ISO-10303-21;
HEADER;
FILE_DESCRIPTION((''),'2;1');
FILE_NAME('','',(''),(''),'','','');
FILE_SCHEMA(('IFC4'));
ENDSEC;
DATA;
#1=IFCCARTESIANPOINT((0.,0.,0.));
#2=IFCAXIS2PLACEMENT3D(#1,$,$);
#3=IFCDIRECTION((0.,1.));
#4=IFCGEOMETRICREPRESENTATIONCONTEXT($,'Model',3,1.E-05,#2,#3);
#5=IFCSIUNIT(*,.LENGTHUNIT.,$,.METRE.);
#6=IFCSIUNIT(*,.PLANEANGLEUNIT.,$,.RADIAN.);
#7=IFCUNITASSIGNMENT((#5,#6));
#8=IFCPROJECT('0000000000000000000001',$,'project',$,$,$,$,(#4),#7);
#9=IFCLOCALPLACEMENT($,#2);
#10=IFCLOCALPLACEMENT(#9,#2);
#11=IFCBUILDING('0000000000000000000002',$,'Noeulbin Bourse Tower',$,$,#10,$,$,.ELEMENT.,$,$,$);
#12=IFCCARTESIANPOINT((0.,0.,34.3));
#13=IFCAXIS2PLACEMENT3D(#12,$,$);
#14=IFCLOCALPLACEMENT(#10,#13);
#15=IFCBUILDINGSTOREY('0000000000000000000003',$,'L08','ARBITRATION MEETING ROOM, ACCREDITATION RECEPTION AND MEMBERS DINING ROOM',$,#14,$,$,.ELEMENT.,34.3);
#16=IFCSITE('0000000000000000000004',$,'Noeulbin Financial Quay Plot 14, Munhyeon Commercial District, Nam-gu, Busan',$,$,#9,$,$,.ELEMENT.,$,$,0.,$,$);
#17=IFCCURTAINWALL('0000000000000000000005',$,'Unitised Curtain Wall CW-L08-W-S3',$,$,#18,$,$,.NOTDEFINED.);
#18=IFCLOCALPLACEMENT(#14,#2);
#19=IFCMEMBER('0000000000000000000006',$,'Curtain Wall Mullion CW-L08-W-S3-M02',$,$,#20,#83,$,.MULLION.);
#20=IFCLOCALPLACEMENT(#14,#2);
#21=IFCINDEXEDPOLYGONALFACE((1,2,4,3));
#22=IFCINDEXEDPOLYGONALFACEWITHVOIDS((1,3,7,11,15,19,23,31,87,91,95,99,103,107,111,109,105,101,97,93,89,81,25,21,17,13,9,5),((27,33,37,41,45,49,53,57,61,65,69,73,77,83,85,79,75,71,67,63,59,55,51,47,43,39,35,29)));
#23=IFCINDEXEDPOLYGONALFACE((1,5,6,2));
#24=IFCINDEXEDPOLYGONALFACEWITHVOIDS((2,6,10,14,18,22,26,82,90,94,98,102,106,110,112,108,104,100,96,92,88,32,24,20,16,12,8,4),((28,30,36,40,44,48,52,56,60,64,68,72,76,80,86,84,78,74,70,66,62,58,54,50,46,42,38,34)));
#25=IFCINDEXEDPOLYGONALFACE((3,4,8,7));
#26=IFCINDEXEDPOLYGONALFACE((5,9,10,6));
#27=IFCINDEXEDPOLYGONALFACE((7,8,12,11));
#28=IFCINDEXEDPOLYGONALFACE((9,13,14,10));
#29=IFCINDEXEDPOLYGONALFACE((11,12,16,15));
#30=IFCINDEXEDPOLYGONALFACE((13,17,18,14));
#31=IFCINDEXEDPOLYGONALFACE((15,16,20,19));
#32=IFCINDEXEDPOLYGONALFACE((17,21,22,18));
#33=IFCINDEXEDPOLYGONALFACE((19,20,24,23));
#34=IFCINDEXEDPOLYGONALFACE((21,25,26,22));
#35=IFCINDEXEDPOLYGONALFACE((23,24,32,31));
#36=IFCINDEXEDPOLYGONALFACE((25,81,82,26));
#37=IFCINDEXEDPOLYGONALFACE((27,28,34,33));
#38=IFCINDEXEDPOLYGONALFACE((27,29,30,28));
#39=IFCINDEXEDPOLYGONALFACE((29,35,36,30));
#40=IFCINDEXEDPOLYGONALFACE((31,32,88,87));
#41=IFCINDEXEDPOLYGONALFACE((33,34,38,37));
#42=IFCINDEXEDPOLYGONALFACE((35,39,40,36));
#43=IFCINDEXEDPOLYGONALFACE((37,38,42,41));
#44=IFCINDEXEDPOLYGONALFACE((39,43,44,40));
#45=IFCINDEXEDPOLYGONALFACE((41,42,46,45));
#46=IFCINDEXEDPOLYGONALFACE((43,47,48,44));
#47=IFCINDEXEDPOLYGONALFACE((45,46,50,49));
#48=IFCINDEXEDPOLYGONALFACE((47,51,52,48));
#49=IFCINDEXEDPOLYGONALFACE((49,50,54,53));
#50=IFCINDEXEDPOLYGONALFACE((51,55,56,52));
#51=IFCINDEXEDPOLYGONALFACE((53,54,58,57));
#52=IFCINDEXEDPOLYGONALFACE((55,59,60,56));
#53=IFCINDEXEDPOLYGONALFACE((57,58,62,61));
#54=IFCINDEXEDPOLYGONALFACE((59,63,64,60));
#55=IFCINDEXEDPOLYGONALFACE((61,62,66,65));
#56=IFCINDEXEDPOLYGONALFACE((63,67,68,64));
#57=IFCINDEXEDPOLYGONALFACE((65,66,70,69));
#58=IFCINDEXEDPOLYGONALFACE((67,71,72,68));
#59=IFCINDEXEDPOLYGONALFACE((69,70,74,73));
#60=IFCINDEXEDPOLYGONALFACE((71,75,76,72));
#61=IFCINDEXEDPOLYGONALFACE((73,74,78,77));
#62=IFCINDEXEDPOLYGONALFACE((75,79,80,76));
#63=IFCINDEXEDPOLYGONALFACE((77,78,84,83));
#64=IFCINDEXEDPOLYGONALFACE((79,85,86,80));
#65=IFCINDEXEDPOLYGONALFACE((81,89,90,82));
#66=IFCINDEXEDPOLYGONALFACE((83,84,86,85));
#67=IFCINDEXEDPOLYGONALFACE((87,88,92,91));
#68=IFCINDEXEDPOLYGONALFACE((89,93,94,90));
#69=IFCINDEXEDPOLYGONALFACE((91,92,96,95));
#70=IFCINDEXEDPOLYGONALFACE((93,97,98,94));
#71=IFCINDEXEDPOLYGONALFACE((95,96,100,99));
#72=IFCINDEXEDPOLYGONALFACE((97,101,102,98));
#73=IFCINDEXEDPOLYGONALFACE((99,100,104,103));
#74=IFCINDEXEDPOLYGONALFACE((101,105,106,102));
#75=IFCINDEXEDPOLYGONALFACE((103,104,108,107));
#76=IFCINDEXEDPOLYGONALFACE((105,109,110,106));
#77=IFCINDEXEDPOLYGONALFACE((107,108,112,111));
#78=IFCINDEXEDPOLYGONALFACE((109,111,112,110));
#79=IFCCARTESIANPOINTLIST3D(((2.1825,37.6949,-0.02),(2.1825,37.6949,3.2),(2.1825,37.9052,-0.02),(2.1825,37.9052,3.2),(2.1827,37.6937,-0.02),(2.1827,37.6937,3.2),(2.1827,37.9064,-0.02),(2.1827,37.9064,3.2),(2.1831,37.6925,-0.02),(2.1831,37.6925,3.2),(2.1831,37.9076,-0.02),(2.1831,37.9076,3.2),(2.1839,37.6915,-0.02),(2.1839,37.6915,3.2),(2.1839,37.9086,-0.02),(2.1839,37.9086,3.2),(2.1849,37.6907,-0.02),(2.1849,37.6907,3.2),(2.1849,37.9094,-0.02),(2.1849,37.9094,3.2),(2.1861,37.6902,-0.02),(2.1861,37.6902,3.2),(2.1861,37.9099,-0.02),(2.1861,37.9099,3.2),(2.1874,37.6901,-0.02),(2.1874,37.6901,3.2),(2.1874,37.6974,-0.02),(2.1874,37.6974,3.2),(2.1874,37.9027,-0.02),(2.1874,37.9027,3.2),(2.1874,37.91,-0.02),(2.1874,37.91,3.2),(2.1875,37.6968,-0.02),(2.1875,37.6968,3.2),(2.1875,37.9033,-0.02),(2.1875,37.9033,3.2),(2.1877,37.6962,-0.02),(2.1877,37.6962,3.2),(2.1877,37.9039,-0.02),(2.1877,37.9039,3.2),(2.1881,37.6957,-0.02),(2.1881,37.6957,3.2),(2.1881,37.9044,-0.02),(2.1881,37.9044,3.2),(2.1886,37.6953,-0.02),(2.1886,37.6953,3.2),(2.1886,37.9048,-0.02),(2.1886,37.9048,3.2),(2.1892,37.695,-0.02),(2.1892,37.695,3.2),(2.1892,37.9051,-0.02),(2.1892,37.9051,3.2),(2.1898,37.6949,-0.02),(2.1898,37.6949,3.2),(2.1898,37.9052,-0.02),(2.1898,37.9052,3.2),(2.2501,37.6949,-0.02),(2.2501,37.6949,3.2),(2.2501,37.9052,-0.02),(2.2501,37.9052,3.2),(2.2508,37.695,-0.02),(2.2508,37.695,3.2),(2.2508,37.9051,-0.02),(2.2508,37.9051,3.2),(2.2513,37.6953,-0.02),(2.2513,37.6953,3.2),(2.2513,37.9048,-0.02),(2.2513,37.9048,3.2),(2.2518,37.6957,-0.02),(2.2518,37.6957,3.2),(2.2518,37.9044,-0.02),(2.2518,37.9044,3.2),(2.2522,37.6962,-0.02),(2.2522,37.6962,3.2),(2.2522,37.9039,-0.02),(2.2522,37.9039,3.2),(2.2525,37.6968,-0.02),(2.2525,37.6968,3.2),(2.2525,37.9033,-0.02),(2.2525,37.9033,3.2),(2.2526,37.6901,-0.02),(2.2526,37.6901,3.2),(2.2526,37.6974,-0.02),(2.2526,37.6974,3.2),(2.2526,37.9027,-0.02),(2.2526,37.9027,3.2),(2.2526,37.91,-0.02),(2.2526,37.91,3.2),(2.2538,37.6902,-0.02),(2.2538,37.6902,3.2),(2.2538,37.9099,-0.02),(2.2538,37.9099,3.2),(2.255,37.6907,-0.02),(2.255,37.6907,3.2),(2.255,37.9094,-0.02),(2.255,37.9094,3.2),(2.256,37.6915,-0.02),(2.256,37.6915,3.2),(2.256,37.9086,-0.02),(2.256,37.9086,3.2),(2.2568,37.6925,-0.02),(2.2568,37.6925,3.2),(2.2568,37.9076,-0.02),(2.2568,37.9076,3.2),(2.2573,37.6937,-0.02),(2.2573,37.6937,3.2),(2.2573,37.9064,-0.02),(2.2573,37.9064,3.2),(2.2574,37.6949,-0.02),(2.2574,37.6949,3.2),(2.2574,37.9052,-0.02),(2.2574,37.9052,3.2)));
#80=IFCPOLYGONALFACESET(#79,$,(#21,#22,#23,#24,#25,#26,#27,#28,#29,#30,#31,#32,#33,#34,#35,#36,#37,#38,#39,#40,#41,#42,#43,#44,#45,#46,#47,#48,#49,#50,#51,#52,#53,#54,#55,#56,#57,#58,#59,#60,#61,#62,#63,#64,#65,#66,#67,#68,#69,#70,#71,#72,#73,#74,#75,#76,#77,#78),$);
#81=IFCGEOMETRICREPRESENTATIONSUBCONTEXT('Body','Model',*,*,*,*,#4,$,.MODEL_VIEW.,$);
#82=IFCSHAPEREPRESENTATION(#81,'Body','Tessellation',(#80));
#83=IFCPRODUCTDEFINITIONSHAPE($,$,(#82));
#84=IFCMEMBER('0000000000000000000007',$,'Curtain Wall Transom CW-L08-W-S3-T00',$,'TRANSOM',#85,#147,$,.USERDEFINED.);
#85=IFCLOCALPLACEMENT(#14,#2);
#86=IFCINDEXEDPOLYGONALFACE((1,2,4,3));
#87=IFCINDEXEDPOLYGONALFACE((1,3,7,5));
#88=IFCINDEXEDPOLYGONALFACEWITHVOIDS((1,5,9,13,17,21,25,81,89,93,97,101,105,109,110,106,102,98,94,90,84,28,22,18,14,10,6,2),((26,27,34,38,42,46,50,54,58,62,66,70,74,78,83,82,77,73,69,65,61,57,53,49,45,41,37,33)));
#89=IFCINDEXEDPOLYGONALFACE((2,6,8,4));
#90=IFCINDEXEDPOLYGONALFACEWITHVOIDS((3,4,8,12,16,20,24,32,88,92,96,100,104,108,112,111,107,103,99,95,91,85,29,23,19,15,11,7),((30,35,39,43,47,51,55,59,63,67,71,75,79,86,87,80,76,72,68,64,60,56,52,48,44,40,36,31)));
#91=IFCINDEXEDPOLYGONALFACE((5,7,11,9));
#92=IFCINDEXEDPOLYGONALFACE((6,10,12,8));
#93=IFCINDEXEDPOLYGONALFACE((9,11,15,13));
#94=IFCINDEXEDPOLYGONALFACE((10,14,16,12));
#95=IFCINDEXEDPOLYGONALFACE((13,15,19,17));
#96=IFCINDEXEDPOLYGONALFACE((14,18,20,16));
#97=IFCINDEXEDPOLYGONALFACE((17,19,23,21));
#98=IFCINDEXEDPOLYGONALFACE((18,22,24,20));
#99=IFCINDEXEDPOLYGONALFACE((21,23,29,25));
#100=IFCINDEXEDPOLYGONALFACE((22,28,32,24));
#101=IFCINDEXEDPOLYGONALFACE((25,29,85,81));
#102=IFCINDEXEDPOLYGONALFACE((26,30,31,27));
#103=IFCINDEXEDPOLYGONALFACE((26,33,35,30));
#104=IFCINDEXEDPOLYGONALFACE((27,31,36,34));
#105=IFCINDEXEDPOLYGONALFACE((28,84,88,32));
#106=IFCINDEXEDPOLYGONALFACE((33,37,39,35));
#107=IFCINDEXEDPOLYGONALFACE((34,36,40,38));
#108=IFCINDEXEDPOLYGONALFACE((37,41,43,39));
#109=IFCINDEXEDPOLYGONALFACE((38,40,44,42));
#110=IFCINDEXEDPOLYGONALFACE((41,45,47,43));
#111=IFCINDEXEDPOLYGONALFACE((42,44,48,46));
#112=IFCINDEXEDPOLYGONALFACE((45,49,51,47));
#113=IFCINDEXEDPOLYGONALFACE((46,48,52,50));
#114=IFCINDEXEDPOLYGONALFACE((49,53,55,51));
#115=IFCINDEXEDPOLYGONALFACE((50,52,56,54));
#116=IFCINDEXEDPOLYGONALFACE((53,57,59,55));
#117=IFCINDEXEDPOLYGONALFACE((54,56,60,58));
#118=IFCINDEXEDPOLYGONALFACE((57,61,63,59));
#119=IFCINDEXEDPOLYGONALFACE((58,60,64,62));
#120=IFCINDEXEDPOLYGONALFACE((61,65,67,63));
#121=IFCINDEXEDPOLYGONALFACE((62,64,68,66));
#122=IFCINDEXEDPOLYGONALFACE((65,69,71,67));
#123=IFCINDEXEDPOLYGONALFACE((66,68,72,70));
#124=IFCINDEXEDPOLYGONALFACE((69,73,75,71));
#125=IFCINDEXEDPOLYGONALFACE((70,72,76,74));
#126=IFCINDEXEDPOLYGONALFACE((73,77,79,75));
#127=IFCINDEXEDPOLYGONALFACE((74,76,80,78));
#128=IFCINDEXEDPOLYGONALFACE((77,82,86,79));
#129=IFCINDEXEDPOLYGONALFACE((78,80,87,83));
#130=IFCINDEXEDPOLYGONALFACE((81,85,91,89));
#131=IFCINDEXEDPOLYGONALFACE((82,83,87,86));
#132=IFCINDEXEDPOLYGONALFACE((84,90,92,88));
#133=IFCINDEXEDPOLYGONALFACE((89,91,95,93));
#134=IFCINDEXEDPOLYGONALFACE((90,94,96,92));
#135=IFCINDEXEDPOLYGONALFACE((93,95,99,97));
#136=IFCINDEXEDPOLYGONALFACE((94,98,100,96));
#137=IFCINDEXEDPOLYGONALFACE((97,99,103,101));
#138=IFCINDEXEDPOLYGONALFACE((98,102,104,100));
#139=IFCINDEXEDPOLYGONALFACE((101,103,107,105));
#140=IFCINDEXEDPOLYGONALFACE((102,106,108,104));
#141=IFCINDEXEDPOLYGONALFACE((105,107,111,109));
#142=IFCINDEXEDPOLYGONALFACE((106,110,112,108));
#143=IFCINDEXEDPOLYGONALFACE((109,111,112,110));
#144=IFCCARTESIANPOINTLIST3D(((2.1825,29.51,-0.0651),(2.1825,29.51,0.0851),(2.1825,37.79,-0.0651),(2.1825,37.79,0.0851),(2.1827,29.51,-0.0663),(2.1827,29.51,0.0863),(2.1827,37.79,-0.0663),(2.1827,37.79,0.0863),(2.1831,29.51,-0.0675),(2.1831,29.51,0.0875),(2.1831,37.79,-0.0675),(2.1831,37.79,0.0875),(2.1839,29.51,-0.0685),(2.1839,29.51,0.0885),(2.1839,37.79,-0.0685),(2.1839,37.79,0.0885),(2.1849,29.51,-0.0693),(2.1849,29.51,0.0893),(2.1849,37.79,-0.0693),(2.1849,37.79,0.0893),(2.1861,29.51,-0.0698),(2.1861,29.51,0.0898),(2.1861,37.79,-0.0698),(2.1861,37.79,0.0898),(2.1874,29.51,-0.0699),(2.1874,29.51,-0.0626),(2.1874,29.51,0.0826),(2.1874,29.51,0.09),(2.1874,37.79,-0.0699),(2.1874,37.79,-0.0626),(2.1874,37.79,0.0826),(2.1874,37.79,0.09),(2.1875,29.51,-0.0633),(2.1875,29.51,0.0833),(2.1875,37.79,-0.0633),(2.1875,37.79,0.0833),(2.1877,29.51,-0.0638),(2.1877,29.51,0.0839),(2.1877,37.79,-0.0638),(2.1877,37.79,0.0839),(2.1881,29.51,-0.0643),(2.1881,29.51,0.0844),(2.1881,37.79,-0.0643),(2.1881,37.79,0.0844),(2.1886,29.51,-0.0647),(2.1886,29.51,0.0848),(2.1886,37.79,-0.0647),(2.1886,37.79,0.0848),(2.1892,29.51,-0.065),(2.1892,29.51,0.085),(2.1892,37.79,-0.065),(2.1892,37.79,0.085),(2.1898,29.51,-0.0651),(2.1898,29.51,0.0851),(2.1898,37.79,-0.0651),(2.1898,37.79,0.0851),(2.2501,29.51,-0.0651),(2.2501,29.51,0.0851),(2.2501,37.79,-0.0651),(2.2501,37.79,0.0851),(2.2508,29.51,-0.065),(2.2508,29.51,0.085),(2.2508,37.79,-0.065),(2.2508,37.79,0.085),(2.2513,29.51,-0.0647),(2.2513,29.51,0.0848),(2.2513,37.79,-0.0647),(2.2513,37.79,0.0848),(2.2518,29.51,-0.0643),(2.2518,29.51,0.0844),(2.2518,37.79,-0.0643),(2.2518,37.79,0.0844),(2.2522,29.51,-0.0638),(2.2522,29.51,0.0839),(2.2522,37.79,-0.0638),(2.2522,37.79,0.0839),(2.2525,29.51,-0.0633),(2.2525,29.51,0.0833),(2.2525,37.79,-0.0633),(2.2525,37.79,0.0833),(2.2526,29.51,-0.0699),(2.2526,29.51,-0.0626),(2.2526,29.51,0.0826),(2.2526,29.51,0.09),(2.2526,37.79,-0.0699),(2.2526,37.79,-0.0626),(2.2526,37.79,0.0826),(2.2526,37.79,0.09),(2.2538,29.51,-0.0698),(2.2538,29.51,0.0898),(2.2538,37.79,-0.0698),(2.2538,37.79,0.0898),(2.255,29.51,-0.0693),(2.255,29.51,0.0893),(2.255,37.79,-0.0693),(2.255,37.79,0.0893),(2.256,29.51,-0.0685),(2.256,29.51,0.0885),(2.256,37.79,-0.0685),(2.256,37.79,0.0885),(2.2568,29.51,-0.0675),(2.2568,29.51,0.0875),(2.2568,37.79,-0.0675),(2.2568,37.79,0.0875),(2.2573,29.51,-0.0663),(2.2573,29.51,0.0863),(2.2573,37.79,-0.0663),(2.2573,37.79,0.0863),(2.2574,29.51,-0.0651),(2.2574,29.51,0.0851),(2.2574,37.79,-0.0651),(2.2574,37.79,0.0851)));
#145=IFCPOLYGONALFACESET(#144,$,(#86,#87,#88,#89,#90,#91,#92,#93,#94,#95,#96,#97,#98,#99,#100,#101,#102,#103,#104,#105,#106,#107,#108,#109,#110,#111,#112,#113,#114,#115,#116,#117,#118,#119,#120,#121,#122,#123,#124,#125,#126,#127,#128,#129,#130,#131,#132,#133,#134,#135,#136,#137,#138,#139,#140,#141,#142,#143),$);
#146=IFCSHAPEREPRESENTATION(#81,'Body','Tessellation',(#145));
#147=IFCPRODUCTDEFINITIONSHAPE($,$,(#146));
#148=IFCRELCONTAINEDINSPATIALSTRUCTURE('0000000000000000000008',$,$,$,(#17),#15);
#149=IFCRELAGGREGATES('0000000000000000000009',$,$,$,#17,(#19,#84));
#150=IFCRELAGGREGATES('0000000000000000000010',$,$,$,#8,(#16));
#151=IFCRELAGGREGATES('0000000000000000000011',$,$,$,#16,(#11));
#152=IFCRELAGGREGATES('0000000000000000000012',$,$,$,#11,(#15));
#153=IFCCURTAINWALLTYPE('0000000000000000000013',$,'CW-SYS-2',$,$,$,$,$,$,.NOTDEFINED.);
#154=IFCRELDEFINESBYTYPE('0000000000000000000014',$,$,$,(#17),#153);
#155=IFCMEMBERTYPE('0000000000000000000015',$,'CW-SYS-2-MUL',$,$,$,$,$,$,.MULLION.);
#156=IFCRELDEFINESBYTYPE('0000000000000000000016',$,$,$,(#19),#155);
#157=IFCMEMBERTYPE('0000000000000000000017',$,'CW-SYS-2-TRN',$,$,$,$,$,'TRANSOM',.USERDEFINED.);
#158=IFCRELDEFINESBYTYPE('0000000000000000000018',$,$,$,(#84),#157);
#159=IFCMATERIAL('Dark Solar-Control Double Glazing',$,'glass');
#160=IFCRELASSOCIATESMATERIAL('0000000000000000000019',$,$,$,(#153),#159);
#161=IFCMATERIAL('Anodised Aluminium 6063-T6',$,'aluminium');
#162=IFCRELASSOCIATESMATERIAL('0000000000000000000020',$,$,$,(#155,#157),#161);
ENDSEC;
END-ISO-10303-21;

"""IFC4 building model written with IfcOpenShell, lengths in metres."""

from ifc_helpers import new_model, si_unit, direction, frame, origin, origin_2d, place, context, subcontext, project, spatial, hollow_rectangle, extrude, material, material_profile, profile_set, type_object, element, aggregate, save


model = new_model("IFC4")

# Units and contexts
model_context = context("Model", 3, precision=1e-05, world=origin(), true_north=direction((0.0, 1.0)))
body_context = subcontext(model_context, "Body", "Model", "MODEL_VIEW")
ifc_project = project(units=[si_unit("LENGTHUNIT", "METRE"), si_unit("PLANEANGLEUNIT", "RADIAN")], contexts=[model_context])

# Site, building, storey
site_placement = place(None, origin())
site = spatial("IfcSite", under=ifc_project, at=site_placement, Name="Noeulbin Financial Quay Plot 14, Munhyeon Commercial District, Nam-gu, Busan", CompositionType="ELEMENT", RefElevation=0.0)
building_placement = place(site_placement, origin())
building = spatial("IfcBuilding", under=site, at=building_placement, Name="Noeulbin Bourse Tower", CompositionType="ELEMENT")
storey_placement = place(building_placement, frame((0.0, 0.0, 34.3)))
storey = spatial("IfcBuildingStorey", under=building, at=storey_placement, Name="L08", Description="ARBITRATION MEETING ROOM, ACCREDITATION RECEPTION AND MEMBERS DINING ROOM", CompositionType="ELEMENT", Elevation=34.3)

# Curtain wall, members
ifc_material_1 = material(Name="Dark Solar-Control Double Glazing", Category="glass")
curtain_wall_type = type_object("IfcCurtainWallType", Name="CW-SYS-2", PredefinedType="NOTDEFINED", material=ifc_material_1)
curtain_wall_placement = place(storey_placement, origin())
curtain_wall = element("IfcCurtainWall", 1, at=curtain_wall_placement, inside=storey, type_object=curtain_wall_type, Name="Unitised Curtain Wall CW-L08-W-S3", PredefinedType="NOTDEFINED")
ifc_material_2 = material(Name="Anodised Aluminium 6063-T6", Category="aluminium")
ifc_material_profile_1 = material_profile(ifc_material_2, hollow_rectangle(XDim=0.075, YDim=0.22, WallThickness=0.0049, InnerFilletRadius=0.0024, OuterFilletRadius=0.0049, at=origin_2d()), Name="ALU-MULL-75x220x5", Category="LoadBearing")
ifc_profile_set_1 = profile_set([ifc_material_profile_1], Name="Anodised Aluminium 6063-T6")
member_type_1 = type_object("IfcMemberType", Name="CW-SYS-2-MUL", PredefinedType="MULLION", material=ifc_profile_set_1)
member_1_placement = place(storey_placement, frame((2.22, 37.8, -0.02), z_axis=(0.0, 0.0, 1.0), x_axis=(1.0, 0.0, 0.0)))
member_1 = element("IfcMember", 2, at=member_1_placement, type_object=member_type_1, Name="Curtain Wall Mullion CW-L08-W-S3-M02", PredefinedType="MULLION", context=body_context, shape_type="SweptSolid", body=[
    extrude(hollow_rectangle(XDim=0.075, YDim=0.22, WallThickness=0.0049, InnerFilletRadius=0.0024, OuterFilletRadius=0.0049, at=origin_2d()), origin(), (0.0, 0.0, 1.0), 3.22),
])
ifc_material_profile_2 = material_profile(ifc_material_2, hollow_rectangle(XDim=0.075, YDim=0.1599, WallThickness=0.0049, InnerFilletRadius=0.0024, OuterFilletRadius=0.0049, at=origin_2d()), Name="ALU-TRAN-75x160x5", Category="LoadBearing")
ifc_profile_set_2 = profile_set([ifc_material_profile_2], Name="Anodised Aluminium 6063-T6")
member_type_2 = type_object("IfcMemberType", Name="CW-SYS-2-TRN", ElementType="TRANSOM", PredefinedType="USERDEFINED", material=ifc_profile_set_2)
member_2_placement = place(storey_placement, frame((2.22, 29.51, 0.01), z_axis=(0.0, 1.0, 0.0), x_axis=(-1.0, 0.0, 0.0)))
member_2 = element("IfcMember", 3, at=member_2_placement, type_object=member_type_2, Name="Curtain Wall Transom CW-L08-W-S3-T00", ObjectType="TRANSOM", PredefinedType="USERDEFINED", context=body_context, shape_type="SweptSolid", body=[
    extrude(hollow_rectangle(XDim=0.075, YDim=0.1599, WallThickness=0.0049, InnerFilletRadius=0.0024, OuterFilletRadius=0.0049, at=origin_2d()), origin(), (0.0, 0.0, 1.0), 8.28),
])
aggregate(curtain_wall, [member_1, member_2])

save(model, "model.ifc")
